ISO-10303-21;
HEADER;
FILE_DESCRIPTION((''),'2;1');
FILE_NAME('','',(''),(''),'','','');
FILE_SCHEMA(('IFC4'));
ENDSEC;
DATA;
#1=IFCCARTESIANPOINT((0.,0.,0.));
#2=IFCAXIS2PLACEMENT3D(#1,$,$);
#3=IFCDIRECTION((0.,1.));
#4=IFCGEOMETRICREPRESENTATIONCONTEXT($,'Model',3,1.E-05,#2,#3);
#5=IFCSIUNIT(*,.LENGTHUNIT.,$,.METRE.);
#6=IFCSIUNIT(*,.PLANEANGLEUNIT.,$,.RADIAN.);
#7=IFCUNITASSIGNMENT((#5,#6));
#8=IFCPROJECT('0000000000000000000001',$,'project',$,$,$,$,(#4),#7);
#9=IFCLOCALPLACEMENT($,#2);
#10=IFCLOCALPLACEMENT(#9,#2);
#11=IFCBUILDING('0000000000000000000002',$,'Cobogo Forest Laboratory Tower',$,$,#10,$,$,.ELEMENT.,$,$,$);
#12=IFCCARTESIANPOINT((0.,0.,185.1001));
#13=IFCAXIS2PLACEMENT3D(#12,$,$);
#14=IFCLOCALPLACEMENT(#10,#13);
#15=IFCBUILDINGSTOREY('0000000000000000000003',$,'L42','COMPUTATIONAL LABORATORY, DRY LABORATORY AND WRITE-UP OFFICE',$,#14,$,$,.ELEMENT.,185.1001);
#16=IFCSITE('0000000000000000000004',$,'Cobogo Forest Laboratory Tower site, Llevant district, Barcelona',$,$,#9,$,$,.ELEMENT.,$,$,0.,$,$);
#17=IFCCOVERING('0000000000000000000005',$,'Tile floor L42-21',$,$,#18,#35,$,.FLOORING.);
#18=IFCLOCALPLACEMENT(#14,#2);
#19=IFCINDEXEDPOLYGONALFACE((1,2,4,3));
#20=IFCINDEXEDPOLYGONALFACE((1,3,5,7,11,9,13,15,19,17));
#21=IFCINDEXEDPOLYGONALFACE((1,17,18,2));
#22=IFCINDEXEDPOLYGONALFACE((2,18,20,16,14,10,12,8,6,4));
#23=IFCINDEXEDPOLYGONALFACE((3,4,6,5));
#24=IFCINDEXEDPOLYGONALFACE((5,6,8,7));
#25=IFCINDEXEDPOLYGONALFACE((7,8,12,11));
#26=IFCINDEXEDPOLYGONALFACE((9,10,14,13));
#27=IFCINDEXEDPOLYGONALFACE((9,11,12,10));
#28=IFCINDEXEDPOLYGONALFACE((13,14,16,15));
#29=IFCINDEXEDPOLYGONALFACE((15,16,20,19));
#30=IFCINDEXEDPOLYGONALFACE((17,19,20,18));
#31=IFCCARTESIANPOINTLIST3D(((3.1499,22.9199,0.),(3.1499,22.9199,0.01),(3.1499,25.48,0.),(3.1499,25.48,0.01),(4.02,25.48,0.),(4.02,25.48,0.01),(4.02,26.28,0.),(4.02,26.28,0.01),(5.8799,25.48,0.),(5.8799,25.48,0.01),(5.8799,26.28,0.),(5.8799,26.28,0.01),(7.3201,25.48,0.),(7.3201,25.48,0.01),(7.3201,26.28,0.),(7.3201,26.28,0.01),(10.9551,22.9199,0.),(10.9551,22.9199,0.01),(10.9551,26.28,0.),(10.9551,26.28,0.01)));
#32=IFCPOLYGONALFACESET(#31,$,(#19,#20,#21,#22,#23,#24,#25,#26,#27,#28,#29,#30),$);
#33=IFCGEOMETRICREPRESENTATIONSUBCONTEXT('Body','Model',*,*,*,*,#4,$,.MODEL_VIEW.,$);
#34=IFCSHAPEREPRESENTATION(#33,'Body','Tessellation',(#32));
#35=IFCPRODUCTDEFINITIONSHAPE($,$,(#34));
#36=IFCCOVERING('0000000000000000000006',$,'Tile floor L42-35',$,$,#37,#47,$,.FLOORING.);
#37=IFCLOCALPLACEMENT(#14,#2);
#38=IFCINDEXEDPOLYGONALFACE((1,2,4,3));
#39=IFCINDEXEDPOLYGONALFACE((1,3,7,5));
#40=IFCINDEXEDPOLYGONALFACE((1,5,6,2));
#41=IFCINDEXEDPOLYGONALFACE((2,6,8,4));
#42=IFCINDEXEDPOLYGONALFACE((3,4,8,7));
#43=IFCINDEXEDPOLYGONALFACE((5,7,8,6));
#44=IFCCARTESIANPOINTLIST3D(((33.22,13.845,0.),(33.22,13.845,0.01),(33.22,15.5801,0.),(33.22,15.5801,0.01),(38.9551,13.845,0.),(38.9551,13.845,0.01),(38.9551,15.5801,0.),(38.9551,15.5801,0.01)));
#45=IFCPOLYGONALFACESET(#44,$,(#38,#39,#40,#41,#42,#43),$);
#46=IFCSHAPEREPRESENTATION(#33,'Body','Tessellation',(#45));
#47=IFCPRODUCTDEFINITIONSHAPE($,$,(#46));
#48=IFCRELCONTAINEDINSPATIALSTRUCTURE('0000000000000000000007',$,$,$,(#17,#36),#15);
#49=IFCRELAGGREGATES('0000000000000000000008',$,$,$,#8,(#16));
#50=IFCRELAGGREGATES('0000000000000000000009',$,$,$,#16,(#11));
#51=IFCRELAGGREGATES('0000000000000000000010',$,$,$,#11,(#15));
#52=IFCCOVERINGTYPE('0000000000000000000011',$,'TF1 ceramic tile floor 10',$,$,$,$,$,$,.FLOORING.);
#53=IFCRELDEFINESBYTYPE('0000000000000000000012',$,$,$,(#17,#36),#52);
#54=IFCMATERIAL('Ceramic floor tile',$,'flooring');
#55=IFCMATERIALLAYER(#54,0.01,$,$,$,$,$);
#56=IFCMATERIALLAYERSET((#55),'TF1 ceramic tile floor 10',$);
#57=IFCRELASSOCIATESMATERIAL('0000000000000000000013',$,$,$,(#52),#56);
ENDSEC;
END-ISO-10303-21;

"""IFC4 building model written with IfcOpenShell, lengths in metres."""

from ifc_helpers import new_model, si_unit, direction, frame, origin, place, context, subcontext, project, spatial, polyline, outline, extrude, material, layer, layer_set, type_object, element, save


model = new_model("IFC4")

# Units and contexts
model_context = context("Model", 3, precision=1e-05, world=origin(), true_north=direction((0.0, 1.0)))
body_context = subcontext(model_context, "Body", "Model", "MODEL_VIEW")
ifc_project = project(units=[si_unit("LENGTHUNIT", "METRE"), si_unit("PLANEANGLEUNIT", "RADIAN")], contexts=[model_context])

# Site, building, storey
site_placement = place(None, origin())
site = spatial("IfcSite", under=ifc_project, at=site_placement, Name="Cobogo Forest Laboratory Tower site, Llevant district, Barcelona", CompositionType="ELEMENT", RefElevation=0.0)
building_placement = place(site_placement, origin())
building = spatial("IfcBuilding", under=site, at=building_placement, Name="Cobogo Forest Laboratory Tower", CompositionType="ELEMENT")
storey_placement = place(building_placement, frame((0.0, 0.0, 185.1001)))
storey = spatial("IfcBuildingStorey", under=building, at=storey_placement, Name="L42", Description="COMPUTATIONAL LABORATORY, DRY LABORATORY AND WRITE-UP OFFICE", CompositionType="ELEMENT", Elevation=185.1001)

# Coverings
ifc_material_1 = material(Name="Ceramic floor tile", Category="flooring")
ifc_layer_1 = layer(ifc_material_1, 0.01)
ifc_layer_set_1 = layer_set([ifc_layer_1], Name="TF1 ceramic tile floor 10")
covering_type_1 = type_object("IfcCoveringType", Name="TF1 ceramic tile floor 10", PredefinedType="FLOORING", material=ifc_layer_set_1)
covering_1_placement = place(storey_placement, origin())
element("IfcCovering", 1, at=covering_1_placement, inside=storey, type_object=covering_type_1, Name="Tile floor L42-21", PredefinedType="FLOORING", context=body_context, shape_type="SweptSolid", body=[
    extrude(outline(polyline([(10.9551, 22.9199), (3.1499, 22.9199), (3.1499, 25.48), (4.02, 25.48), (4.02, 26.28), (5.8799, 26.28), (5.8799, 25.48), (7.3201, 25.48), (7.3201, 26.28), (10.9551, 26.28), (10.9551, 22.9199)])), origin(), (0.0, 0.0, 1.0), 0.01),
])
covering_2_placement = place(storey_placement, origin())
element("IfcCovering", 2, at=covering_2_placement, inside=storey, type_object=covering_type_1, Name="Tile floor L42-35", PredefinedType="FLOORING", context=body_context, shape_type="SweptSolid", body=[
    extrude(outline(polyline([(38.9551, 13.845), (33.22, 13.845), (33.22, 15.5801), (38.9551, 15.5801), (38.9551, 13.845)])), origin(), (0.0, 0.0, 1.0), 0.01),
])

save(model, "model.ifc")
